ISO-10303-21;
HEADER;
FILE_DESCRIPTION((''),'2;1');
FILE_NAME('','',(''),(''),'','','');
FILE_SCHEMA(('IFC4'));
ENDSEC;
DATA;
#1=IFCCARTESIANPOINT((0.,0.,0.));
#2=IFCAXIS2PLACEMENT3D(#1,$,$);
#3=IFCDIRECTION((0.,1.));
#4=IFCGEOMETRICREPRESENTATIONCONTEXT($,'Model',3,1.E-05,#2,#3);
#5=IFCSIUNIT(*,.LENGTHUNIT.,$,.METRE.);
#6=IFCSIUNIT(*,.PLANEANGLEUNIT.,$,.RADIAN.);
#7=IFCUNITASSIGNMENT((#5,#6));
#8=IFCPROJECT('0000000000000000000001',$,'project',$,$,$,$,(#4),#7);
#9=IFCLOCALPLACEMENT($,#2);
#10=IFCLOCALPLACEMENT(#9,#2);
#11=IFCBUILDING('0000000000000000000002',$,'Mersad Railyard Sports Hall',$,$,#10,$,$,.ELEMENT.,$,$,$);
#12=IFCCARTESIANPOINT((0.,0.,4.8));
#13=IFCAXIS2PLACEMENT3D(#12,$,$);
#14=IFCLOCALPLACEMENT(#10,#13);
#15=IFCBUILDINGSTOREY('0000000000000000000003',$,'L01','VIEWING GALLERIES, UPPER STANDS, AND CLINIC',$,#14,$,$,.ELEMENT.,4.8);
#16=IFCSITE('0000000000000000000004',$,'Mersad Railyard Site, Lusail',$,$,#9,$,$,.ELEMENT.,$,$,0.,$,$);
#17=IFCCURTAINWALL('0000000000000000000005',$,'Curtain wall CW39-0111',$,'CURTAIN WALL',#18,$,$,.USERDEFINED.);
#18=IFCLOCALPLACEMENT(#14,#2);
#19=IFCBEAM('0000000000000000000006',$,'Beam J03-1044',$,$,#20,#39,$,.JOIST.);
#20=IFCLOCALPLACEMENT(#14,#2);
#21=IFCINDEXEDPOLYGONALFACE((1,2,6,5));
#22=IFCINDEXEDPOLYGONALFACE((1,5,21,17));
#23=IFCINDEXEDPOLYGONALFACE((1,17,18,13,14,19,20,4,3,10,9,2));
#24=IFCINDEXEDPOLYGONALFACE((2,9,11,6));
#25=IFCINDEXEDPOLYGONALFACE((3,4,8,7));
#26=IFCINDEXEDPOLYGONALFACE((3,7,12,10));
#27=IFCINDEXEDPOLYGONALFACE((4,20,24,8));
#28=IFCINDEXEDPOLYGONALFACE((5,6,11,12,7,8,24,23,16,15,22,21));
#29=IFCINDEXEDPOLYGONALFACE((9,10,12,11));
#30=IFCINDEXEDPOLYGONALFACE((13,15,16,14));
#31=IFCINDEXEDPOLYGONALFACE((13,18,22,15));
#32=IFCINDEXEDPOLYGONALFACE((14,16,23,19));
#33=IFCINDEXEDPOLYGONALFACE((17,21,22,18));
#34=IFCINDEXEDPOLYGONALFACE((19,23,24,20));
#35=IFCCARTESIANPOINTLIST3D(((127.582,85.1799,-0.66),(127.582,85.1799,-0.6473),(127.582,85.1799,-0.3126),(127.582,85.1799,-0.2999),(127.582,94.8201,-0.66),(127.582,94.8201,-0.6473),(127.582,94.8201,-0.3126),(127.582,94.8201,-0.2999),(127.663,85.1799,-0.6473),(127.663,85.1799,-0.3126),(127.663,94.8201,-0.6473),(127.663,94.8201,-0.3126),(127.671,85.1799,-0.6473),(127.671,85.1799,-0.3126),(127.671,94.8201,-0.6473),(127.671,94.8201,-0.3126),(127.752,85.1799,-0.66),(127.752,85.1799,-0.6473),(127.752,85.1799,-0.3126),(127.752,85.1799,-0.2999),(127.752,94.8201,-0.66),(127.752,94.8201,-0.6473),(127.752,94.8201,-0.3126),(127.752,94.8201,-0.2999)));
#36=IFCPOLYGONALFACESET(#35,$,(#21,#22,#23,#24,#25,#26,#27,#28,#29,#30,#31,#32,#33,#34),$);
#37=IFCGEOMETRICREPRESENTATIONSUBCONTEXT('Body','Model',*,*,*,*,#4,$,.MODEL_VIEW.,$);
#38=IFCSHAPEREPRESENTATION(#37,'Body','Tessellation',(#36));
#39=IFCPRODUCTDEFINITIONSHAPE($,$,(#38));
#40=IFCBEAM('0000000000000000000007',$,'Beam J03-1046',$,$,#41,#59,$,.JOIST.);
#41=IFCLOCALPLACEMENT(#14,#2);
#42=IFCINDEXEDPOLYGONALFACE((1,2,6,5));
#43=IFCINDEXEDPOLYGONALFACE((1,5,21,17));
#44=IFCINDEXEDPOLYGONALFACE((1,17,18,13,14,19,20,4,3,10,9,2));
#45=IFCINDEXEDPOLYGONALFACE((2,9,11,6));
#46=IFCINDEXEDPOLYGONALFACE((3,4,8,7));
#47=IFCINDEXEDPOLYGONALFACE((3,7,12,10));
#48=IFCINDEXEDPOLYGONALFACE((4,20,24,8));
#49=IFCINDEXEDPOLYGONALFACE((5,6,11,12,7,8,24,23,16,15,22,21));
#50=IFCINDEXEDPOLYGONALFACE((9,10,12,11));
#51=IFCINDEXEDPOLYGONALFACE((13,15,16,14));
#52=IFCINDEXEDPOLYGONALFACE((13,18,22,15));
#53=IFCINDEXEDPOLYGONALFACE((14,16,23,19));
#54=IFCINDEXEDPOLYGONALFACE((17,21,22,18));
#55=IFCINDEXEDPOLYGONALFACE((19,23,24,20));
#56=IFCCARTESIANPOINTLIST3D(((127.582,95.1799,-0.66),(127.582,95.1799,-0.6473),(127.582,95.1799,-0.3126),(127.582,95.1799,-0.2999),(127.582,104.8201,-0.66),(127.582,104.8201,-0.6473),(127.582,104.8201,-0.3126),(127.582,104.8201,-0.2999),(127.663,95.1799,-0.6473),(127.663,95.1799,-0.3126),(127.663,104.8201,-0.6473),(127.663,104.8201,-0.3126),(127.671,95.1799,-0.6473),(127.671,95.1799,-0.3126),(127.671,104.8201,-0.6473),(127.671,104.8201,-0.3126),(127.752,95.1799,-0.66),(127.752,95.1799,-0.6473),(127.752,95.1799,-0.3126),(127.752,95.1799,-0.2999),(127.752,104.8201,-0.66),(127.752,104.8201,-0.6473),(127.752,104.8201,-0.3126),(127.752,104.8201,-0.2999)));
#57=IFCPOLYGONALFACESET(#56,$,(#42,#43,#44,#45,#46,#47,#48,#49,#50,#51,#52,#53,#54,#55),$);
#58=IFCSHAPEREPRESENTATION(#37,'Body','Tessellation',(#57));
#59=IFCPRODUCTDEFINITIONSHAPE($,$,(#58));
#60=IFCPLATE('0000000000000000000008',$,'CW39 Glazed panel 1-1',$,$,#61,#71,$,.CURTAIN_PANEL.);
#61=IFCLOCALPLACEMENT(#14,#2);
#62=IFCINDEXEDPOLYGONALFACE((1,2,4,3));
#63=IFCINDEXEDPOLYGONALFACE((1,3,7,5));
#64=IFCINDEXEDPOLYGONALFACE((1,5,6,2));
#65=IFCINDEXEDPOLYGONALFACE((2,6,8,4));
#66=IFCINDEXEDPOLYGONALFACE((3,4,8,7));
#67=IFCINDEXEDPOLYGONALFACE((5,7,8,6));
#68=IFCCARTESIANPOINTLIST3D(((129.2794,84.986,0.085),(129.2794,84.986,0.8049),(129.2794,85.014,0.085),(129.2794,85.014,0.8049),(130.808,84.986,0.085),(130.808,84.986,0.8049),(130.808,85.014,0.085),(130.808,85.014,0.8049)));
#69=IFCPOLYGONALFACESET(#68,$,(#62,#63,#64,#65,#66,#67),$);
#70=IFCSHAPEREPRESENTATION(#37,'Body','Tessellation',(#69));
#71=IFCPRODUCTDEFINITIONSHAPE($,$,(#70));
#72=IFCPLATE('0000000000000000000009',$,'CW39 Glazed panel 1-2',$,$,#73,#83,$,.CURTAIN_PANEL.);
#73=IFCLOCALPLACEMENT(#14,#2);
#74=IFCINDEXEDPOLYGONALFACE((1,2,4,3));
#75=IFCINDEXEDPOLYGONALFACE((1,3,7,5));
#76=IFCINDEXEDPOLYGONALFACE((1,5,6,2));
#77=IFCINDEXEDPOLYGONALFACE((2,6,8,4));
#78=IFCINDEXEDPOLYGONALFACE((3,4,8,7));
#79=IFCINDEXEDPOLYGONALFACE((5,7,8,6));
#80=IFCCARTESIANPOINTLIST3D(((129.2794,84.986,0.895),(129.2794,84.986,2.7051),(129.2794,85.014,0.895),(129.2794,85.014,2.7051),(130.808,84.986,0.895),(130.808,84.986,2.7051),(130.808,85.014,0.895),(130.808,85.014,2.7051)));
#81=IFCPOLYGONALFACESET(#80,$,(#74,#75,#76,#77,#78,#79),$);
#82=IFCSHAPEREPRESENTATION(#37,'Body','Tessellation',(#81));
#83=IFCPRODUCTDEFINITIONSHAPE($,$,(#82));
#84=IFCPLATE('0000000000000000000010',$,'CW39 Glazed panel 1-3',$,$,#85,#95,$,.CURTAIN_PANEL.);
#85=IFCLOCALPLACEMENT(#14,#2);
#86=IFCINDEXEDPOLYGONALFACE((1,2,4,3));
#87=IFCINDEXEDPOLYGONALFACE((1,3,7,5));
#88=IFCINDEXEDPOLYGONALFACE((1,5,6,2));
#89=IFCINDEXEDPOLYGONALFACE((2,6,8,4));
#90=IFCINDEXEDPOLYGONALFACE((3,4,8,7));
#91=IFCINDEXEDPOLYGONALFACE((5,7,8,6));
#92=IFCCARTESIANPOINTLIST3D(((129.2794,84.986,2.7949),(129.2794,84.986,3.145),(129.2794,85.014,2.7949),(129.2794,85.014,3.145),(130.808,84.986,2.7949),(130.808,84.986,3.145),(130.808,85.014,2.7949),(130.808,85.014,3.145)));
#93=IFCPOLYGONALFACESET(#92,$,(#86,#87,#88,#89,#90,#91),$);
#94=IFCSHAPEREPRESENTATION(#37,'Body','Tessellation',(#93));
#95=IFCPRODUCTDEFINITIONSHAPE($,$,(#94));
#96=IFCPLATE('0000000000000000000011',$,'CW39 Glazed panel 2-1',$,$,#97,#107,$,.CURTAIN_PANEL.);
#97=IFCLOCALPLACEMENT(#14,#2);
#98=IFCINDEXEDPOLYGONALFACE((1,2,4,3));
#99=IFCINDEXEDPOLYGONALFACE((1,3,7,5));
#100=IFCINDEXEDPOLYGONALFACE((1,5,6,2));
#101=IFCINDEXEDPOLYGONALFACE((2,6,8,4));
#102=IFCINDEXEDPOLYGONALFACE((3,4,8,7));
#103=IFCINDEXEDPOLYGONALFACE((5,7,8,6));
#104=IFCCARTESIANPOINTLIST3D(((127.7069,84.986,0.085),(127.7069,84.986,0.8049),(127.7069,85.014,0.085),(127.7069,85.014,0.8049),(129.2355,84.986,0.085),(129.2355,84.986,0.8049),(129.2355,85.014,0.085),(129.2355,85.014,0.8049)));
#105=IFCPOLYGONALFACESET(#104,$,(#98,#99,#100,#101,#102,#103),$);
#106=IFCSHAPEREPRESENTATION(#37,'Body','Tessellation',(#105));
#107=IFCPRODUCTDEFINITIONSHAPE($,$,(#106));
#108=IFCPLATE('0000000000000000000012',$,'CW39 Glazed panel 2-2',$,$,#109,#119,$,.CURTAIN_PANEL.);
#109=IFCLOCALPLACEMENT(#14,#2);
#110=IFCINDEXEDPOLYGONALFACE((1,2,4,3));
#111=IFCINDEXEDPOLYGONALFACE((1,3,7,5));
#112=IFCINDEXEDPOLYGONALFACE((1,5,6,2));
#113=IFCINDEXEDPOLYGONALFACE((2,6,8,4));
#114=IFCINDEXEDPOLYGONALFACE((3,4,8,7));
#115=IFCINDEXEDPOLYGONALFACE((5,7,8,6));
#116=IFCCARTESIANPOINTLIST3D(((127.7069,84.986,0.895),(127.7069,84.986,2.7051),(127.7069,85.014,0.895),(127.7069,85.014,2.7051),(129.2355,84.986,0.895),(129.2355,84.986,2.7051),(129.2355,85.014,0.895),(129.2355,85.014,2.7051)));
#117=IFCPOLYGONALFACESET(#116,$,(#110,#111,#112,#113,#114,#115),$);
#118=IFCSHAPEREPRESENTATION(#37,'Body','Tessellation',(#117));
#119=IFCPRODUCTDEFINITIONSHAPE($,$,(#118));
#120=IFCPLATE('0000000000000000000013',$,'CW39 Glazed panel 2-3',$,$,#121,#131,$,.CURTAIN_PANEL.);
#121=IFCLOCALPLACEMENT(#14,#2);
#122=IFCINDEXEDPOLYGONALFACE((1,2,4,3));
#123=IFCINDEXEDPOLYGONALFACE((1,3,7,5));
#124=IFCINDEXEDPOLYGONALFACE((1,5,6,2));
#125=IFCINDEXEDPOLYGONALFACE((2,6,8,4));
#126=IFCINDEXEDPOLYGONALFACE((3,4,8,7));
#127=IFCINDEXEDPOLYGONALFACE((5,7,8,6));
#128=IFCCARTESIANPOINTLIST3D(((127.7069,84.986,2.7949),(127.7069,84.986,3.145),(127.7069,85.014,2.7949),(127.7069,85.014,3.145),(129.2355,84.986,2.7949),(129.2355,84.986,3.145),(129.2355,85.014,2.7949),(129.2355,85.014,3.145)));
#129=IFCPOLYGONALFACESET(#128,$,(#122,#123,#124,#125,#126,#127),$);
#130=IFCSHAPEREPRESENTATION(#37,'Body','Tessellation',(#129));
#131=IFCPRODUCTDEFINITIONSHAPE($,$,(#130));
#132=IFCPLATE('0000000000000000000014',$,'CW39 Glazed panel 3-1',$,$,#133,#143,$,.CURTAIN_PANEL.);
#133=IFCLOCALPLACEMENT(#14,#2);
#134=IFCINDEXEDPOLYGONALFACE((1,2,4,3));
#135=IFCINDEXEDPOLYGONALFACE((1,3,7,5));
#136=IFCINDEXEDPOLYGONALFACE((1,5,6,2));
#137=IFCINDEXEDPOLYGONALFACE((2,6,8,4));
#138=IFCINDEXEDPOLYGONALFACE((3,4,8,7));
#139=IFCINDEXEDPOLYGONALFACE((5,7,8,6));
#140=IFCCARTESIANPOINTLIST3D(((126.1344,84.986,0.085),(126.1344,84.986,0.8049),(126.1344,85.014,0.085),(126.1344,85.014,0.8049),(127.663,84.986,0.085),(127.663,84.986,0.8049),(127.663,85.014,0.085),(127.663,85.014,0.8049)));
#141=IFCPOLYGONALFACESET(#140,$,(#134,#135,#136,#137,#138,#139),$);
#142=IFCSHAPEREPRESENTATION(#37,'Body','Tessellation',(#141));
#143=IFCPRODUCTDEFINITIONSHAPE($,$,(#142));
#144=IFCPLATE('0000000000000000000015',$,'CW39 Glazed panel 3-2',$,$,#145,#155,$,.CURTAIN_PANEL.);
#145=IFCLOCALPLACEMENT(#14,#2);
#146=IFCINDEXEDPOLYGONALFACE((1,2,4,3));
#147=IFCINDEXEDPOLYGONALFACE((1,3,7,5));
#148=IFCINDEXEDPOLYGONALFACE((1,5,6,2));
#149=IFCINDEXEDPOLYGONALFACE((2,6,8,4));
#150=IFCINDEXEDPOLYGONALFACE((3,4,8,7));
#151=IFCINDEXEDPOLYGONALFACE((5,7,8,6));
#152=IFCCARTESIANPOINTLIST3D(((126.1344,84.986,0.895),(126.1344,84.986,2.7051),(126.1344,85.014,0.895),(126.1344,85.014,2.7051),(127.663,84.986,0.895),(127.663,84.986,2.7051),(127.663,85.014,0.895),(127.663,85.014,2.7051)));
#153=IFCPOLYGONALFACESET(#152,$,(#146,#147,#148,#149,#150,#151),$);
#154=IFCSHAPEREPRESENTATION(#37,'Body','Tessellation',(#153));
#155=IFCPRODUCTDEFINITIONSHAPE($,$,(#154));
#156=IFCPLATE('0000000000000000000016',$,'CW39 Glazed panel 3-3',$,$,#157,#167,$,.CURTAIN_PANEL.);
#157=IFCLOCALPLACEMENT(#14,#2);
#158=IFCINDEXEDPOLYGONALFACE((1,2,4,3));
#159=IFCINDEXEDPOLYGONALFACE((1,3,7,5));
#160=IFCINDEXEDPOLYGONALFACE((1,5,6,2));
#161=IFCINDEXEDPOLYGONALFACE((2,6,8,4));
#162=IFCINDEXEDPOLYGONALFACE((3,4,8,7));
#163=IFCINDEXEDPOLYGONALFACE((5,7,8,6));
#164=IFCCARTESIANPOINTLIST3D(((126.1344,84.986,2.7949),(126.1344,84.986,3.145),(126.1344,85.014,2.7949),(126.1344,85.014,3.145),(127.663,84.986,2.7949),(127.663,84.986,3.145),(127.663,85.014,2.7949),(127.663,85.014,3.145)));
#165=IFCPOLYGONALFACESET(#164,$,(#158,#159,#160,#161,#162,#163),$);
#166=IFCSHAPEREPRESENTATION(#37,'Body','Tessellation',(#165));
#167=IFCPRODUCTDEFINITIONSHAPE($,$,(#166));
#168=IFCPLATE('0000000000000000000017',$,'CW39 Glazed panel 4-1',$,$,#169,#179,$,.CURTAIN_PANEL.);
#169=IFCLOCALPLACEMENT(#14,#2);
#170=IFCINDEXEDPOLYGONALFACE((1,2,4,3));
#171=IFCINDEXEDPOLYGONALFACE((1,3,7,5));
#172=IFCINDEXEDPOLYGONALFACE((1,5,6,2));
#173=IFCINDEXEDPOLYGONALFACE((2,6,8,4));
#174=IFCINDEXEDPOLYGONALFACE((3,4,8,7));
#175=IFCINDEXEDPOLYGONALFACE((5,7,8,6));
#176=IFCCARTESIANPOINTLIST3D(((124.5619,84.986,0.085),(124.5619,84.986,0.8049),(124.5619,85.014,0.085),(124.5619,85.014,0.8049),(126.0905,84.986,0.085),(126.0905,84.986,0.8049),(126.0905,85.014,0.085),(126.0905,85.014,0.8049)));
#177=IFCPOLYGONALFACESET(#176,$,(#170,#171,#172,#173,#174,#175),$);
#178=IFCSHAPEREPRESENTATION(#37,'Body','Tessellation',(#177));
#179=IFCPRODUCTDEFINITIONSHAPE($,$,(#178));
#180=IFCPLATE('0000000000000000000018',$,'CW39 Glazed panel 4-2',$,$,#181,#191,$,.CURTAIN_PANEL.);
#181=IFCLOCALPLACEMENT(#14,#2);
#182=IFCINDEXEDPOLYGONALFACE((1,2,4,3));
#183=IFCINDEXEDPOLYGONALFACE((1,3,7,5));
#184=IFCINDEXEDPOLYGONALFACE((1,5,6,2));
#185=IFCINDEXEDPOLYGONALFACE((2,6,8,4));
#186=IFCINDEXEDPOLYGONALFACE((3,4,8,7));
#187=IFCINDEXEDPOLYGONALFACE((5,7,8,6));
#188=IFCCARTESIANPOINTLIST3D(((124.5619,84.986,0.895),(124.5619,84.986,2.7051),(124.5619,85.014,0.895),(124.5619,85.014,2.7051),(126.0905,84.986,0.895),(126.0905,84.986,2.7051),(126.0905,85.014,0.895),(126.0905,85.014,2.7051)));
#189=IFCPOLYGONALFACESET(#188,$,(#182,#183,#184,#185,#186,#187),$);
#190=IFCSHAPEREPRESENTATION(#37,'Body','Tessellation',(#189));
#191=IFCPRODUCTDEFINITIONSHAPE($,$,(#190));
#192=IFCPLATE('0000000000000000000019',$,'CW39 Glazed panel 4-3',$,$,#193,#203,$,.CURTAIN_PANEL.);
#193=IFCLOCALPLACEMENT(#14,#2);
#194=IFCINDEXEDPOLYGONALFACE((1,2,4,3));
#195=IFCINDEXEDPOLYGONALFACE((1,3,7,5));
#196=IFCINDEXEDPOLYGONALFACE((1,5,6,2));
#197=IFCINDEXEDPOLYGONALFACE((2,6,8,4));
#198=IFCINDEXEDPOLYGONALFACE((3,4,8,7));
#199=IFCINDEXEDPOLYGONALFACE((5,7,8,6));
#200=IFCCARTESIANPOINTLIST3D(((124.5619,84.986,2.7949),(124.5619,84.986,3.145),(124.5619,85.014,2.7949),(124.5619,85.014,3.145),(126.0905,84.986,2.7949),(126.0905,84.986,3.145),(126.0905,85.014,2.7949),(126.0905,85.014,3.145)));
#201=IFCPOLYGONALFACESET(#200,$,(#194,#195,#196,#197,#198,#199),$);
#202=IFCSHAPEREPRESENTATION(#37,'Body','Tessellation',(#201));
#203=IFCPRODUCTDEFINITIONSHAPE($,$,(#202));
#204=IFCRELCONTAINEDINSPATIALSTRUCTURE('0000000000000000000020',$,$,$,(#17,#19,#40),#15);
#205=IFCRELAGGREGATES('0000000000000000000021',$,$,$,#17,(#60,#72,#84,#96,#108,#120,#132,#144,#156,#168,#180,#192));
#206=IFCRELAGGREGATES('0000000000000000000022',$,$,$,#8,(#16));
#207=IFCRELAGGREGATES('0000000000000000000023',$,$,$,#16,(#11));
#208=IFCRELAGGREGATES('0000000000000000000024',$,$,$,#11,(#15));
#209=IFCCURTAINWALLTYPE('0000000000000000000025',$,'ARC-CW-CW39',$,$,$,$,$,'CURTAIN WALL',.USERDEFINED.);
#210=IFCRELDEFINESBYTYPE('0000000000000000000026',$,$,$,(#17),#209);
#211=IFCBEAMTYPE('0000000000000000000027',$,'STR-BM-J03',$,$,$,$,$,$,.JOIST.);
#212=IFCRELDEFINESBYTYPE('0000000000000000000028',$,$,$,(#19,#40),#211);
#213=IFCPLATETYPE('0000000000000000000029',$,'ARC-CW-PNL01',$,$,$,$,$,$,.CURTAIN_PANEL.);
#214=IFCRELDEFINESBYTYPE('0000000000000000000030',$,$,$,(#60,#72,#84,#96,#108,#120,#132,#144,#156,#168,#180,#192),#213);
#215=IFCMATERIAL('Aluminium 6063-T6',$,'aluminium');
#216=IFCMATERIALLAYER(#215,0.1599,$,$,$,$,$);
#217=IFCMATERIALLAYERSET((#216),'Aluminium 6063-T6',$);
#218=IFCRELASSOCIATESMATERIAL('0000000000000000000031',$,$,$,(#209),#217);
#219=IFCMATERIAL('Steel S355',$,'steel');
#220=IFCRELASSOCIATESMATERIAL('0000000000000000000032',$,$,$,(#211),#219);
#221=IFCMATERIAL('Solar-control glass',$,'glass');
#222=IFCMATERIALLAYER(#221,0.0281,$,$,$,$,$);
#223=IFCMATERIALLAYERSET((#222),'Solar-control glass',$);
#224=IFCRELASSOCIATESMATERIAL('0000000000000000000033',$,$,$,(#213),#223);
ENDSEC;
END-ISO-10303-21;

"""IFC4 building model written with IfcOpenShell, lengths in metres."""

from ifc_helpers import new_model, si_unit, direction, frame, origin, origin_2d, place, context, subcontext, project, spatial, rectangle, i_section, extrude, material, layer, layer_set, material_profile, profile_set, type_object, element, aggregate, save


model = new_model("IFC4")

# Units and contexts
model_context = context("Model", 3, precision=1e-05, world=origin(), true_north=direction((0.0, 1.0)))
body_context = subcontext(model_context, "Body", "Model", "MODEL_VIEW")
ifc_project = project(units=[si_unit("LENGTHUNIT", "METRE"), si_unit("PLANEANGLEUNIT", "RADIAN")], contexts=[model_context])

# Site, building, storey
site_placement = place(None, origin())
site = spatial("IfcSite", under=ifc_project, at=site_placement, Name="Mersad Railyard Site, Lusail", CompositionType="ELEMENT", RefElevation=0.0)
building_placement = place(site_placement, origin())
building = spatial("IfcBuilding", under=site, at=building_placement, Name="Mersad Railyard Sports Hall", CompositionType="ELEMENT")
storey_placement = place(building_placement, frame((0.0, 0.0, 4.8)))
storey = spatial("IfcBuildingStorey", under=building, at=storey_placement, Name="L01", Description="VIEWING GALLERIES, UPPER STANDS, AND CLINIC", CompositionType="ELEMENT", Elevation=4.8)

# Curtain wall
ifc_material_1 = material(Name="Aluminium 6063-T6", Category="aluminium")
ifc_layer_1 = layer(ifc_material_1, 0.1599)
ifc_layer_set_1 = layer_set([ifc_layer_1], Name="Aluminium 6063-T6")
curtain_wall_type = type_object("IfcCurtainWallType", Name="ARC-CW-CW39", ElementType="CURTAIN WALL", PredefinedType="USERDEFINED", material=ifc_layer_set_1)
curtain_wall_placement = place(storey_placement, origin())
curtain_wall = element("IfcCurtainWall", 1, at=curtain_wall_placement, inside=storey, type_object=curtain_wall_type, Name="Curtain wall CW39-0111", ObjectType="CURTAIN WALL", PredefinedType="USERDEFINED")

# Beams
ifc_material_2 = material(Name="Steel S355", Category="steel")
ifc_material_profile_1 = material_profile(ifc_material_2, i_section(OverallWidth=0.1699, OverallDepth=0.3601, WebThickness=0.0081, FlangeThickness=0.0127, at=origin_2d()), Name="IPE 360")
ifc_profile_set_1 = profile_set([ifc_material_profile_1], Name="Steel S355")
beam_type = type_object("IfcBeamType", Name="STR-BM-J03", PredefinedType="JOIST", material=ifc_profile_set_1)
for number, where, z_axis, x_axis, name in (
    (2, (127.667, 85.1799, -0.48), (0.0, 1.0, 0.0), (-1.0, 0.0, 0.0), "Beam J03-1044"),
    (3, (127.667, 95.1799, -0.48), (0.0, 1.0, 0.0), (-1.0, 0.0, 0.0), "Beam J03-1046"),
):
    element("IfcBeam", number, at=place(storey_placement, frame(where, z_axis=z_axis, x_axis=x_axis)), inside=storey, type_object=beam_type, Name=name, PredefinedType="JOIST", context=body_context, shape_type="SweptSolid", body=[
        extrude(i_section(OverallWidth=0.1699, OverallDepth=0.3601, WebThickness=0.0081, FlangeThickness=0.0127, at=origin_2d()), origin(), (0.0, 0.0, 1.0), 9.6401),
    ])

# Plates
ifc_material_3 = material(Name="Solar-control glass", Category="glass")
ifc_layer_2 = layer(ifc_material_3, 0.0281)
ifc_layer_set_2 = layer_set([ifc_layer_2], Name="Solar-control glass")
plate_type = type_object("IfcPlateType", Name="ARC-CW-PNL01", PredefinedType="CURTAIN_PANEL", material=ifc_layer_set_2)
plate_1_placement = place(storey_placement, frame((130.0437, 85.0, 0.085), z_axis=(0.0, 0.0, 1.0), x_axis=(-1.0, 0.0, 0.0)))
plate_1 = element("IfcPlate", 4, at=plate_1_placement, type_object=plate_type, Name="CW39 Glazed panel 1-1", PredefinedType="CURTAIN_PANEL", context=body_context, shape_type="SweptSolid", body=[
    extrude(rectangle(XDim=1.5286, YDim=0.0281, at=origin_2d()), origin(), (0.0, 0.0, 1.0), 0.72),
])
plate_2_placement = place(storey_placement, frame((130.0437, 85.0, 0.895), z_axis=(0.0, 0.0, 1.0), x_axis=(-1.0, 0.0, 0.0)))
plate_2 = element("IfcPlate", 5, at=plate_2_placement, type_object=plate_type, Name="CW39 Glazed panel 1-2", PredefinedType="CURTAIN_PANEL", context=body_context, shape_type="SweptSolid", body=[
    extrude(rectangle(XDim=1.5286, YDim=0.0281, at=origin_2d()), origin(), (0.0, 0.0, 1.0), 1.8101),
])
plate_3_placement = place(storey_placement, frame((130.0437, 85.0, 2.7949), z_axis=(0.0, 0.0, 1.0), x_axis=(-1.0, 0.0, 0.0)))
plate_3 = element("IfcPlate", 6, at=plate_3_placement, type_object=plate_type, Name="CW39 Glazed panel 1-3", PredefinedType="CURTAIN_PANEL", context=body_context, shape_type="SweptSolid", body=[
    extrude(rectangle(XDim=1.5286, YDim=0.0281, at=origin_2d()), origin(), (0.0, 0.0, 1.0), 0.3501),
])
plate_4_placement = place(storey_placement, frame((128.4712, 85.0, 0.085), z_axis=(0.0, 0.0, 1.0), x_axis=(-1.0, 0.0, 0.0)))
plate_4 = element("IfcPlate", 7, at=plate_4_placement, type_object=plate_type, Name="CW39 Glazed panel 2-1", PredefinedType="CURTAIN_PANEL", context=body_context, shape_type="SweptSolid", body=[
    extrude(rectangle(XDim=1.5286, YDim=0.0281, at=origin_2d()), origin(), (0.0, 0.0, 1.0), 0.72),
])
plate_5_placement = place(storey_placement, frame((128.4712, 85.0, 0.895), z_axis=(0.0, 0.0, 1.0), x_axis=(-1.0, 0.0, 0.0)))
plate_5 = element("IfcPlate", 8, at=plate_5_placement, type_object=plate_type, Name="CW39 Glazed panel 2-2", PredefinedType="CURTAIN_PANEL", context=body_context, shape_type="SweptSolid", body=[
    extrude(rectangle(XDim=1.5286, YDim=0.0281, at=origin_2d()), origin(), (0.0, 0.0, 1.0), 1.8101),
])
plate_6_placement = place(storey_placement, frame((128.4712, 85.0, 2.7949), z_axis=(0.0, 0.0, 1.0), x_axis=(-1.0, 0.0, 0.0)))
plate_6 = element("IfcPlate", 9, at=plate_6_placement, type_object=plate_type, Name="CW39 Glazed panel 2-3", PredefinedType="CURTAIN_PANEL", context=body_context, shape_type="SweptSolid", body=[
    extrude(rectangle(XDim=1.5286, YDim=0.0281, at=origin_2d()), origin(), (0.0, 0.0, 1.0), 0.3501),
])
plate_7_placement = place(storey_placement, frame((126.8987, 85.0, 0.085), z_axis=(0.0, 0.0, 1.0), x_axis=(-1.0, 0.0, 0.0)))
plate_7 = element("IfcPlate", 10, at=plate_7_placement, type_object=plate_type, Name="CW39 Glazed panel 3-1", PredefinedType="CURTAIN_PANEL", context=body_context, shape_type="SweptSolid", body=[
    extrude(rectangle(XDim=1.5286, YDim=0.0281, at=origin_2d()), origin(), (0.0, 0.0, 1.0), 0.72),
])
plate_8_placement = place(storey_placement, frame((126.8987, 85.0, 0.895), z_axis=(0.0, 0.0, 1.0), x_axis=(-1.0, 0.0, 0.0)))
plate_8 = element("IfcPlate", 11, at=plate_8_placement, type_object=plate_type, Name="CW39 Glazed panel 3-2", PredefinedType="CURTAIN_PANEL", context=body_context, shape_type="SweptSolid", body=[
    extrude(rectangle(XDim=1.5286, YDim=0.0281, at=origin_2d()), origin(), (0.0, 0.0, 1.0), 1.8101),
])
plate_9_placement = place(storey_placement, frame((126.8987, 85.0, 2.7949), z_axis=(0.0, 0.0, 1.0), x_axis=(-1.0, 0.0, 0.0)))
plate_9 = element("IfcPlate", 12, at=plate_9_placement, type_object=plate_type, Name="CW39 Glazed panel 3-3", PredefinedType="CURTAIN_PANEL", context=body_context, shape_type="SweptSolid", body=[
    extrude(rectangle(XDim=1.5286, YDim=0.0281, at=origin_2d()), origin(), (0.0, 0.0, 1.0), 0.3501),
])
plate_10_placement = place(storey_placement, frame((125.3262, 85.0, 0.085), z_axis=(0.0, 0.0, 1.0), x_axis=(-1.0, 0.0, 0.0)))
plate_10 = element("IfcPlate", 13, at=plate_10_placement, type_object=plate_type, Name="CW39 Glazed panel 4-1", PredefinedType="CURTAIN_PANEL", context=body_context, shape_type="SweptSolid", body=[
    extrude(rectangle(XDim=1.5286, YDim=0.0281, at=origin_2d()), origin(), (0.0, 0.0, 1.0), 0.72),
])
plate_11_placement = place(storey_placement, frame((125.3262, 85.0, 0.895), z_axis=(0.0, 0.0, 1.0), x_axis=(-1.0, 0.0, 0.0)))
plate_11 = element("IfcPlate", 14, at=plate_11_placement, type_object=plate_type, Name="CW39 Glazed panel 4-2", PredefinedType="CURTAIN_PANEL", context=body_context, shape_type="SweptSolid", body=[
    extrude(rectangle(XDim=1.5286, YDim=0.0281, at=origin_2d()), origin(), (0.0, 0.0, 1.0), 1.8101),
])
plate_12_placement = place(storey_placement, frame((125.3262, 85.0, 2.7949), z_axis=(0.0, 0.0, 1.0), x_axis=(-1.0, 0.0, 0.0)))
plate_12 = element("IfcPlate", 15, at=plate_12_placement, type_object=plate_type, Name="CW39 Glazed panel 4-3", PredefinedType="CURTAIN_PANEL", context=body_context, shape_type="SweptSolid", body=[
    extrude(rectangle(XDim=1.5286, YDim=0.0281, at=origin_2d()), origin(), (0.0, 0.0, 1.0), 0.3501),
])
aggregate(curtain_wall, [plate_1, plate_2, plate_3, plate_4, plate_5, plate_6, plate_7, plate_8, plate_9, plate_10, plate_11, plate_12])

save(model, "model.ifc")
